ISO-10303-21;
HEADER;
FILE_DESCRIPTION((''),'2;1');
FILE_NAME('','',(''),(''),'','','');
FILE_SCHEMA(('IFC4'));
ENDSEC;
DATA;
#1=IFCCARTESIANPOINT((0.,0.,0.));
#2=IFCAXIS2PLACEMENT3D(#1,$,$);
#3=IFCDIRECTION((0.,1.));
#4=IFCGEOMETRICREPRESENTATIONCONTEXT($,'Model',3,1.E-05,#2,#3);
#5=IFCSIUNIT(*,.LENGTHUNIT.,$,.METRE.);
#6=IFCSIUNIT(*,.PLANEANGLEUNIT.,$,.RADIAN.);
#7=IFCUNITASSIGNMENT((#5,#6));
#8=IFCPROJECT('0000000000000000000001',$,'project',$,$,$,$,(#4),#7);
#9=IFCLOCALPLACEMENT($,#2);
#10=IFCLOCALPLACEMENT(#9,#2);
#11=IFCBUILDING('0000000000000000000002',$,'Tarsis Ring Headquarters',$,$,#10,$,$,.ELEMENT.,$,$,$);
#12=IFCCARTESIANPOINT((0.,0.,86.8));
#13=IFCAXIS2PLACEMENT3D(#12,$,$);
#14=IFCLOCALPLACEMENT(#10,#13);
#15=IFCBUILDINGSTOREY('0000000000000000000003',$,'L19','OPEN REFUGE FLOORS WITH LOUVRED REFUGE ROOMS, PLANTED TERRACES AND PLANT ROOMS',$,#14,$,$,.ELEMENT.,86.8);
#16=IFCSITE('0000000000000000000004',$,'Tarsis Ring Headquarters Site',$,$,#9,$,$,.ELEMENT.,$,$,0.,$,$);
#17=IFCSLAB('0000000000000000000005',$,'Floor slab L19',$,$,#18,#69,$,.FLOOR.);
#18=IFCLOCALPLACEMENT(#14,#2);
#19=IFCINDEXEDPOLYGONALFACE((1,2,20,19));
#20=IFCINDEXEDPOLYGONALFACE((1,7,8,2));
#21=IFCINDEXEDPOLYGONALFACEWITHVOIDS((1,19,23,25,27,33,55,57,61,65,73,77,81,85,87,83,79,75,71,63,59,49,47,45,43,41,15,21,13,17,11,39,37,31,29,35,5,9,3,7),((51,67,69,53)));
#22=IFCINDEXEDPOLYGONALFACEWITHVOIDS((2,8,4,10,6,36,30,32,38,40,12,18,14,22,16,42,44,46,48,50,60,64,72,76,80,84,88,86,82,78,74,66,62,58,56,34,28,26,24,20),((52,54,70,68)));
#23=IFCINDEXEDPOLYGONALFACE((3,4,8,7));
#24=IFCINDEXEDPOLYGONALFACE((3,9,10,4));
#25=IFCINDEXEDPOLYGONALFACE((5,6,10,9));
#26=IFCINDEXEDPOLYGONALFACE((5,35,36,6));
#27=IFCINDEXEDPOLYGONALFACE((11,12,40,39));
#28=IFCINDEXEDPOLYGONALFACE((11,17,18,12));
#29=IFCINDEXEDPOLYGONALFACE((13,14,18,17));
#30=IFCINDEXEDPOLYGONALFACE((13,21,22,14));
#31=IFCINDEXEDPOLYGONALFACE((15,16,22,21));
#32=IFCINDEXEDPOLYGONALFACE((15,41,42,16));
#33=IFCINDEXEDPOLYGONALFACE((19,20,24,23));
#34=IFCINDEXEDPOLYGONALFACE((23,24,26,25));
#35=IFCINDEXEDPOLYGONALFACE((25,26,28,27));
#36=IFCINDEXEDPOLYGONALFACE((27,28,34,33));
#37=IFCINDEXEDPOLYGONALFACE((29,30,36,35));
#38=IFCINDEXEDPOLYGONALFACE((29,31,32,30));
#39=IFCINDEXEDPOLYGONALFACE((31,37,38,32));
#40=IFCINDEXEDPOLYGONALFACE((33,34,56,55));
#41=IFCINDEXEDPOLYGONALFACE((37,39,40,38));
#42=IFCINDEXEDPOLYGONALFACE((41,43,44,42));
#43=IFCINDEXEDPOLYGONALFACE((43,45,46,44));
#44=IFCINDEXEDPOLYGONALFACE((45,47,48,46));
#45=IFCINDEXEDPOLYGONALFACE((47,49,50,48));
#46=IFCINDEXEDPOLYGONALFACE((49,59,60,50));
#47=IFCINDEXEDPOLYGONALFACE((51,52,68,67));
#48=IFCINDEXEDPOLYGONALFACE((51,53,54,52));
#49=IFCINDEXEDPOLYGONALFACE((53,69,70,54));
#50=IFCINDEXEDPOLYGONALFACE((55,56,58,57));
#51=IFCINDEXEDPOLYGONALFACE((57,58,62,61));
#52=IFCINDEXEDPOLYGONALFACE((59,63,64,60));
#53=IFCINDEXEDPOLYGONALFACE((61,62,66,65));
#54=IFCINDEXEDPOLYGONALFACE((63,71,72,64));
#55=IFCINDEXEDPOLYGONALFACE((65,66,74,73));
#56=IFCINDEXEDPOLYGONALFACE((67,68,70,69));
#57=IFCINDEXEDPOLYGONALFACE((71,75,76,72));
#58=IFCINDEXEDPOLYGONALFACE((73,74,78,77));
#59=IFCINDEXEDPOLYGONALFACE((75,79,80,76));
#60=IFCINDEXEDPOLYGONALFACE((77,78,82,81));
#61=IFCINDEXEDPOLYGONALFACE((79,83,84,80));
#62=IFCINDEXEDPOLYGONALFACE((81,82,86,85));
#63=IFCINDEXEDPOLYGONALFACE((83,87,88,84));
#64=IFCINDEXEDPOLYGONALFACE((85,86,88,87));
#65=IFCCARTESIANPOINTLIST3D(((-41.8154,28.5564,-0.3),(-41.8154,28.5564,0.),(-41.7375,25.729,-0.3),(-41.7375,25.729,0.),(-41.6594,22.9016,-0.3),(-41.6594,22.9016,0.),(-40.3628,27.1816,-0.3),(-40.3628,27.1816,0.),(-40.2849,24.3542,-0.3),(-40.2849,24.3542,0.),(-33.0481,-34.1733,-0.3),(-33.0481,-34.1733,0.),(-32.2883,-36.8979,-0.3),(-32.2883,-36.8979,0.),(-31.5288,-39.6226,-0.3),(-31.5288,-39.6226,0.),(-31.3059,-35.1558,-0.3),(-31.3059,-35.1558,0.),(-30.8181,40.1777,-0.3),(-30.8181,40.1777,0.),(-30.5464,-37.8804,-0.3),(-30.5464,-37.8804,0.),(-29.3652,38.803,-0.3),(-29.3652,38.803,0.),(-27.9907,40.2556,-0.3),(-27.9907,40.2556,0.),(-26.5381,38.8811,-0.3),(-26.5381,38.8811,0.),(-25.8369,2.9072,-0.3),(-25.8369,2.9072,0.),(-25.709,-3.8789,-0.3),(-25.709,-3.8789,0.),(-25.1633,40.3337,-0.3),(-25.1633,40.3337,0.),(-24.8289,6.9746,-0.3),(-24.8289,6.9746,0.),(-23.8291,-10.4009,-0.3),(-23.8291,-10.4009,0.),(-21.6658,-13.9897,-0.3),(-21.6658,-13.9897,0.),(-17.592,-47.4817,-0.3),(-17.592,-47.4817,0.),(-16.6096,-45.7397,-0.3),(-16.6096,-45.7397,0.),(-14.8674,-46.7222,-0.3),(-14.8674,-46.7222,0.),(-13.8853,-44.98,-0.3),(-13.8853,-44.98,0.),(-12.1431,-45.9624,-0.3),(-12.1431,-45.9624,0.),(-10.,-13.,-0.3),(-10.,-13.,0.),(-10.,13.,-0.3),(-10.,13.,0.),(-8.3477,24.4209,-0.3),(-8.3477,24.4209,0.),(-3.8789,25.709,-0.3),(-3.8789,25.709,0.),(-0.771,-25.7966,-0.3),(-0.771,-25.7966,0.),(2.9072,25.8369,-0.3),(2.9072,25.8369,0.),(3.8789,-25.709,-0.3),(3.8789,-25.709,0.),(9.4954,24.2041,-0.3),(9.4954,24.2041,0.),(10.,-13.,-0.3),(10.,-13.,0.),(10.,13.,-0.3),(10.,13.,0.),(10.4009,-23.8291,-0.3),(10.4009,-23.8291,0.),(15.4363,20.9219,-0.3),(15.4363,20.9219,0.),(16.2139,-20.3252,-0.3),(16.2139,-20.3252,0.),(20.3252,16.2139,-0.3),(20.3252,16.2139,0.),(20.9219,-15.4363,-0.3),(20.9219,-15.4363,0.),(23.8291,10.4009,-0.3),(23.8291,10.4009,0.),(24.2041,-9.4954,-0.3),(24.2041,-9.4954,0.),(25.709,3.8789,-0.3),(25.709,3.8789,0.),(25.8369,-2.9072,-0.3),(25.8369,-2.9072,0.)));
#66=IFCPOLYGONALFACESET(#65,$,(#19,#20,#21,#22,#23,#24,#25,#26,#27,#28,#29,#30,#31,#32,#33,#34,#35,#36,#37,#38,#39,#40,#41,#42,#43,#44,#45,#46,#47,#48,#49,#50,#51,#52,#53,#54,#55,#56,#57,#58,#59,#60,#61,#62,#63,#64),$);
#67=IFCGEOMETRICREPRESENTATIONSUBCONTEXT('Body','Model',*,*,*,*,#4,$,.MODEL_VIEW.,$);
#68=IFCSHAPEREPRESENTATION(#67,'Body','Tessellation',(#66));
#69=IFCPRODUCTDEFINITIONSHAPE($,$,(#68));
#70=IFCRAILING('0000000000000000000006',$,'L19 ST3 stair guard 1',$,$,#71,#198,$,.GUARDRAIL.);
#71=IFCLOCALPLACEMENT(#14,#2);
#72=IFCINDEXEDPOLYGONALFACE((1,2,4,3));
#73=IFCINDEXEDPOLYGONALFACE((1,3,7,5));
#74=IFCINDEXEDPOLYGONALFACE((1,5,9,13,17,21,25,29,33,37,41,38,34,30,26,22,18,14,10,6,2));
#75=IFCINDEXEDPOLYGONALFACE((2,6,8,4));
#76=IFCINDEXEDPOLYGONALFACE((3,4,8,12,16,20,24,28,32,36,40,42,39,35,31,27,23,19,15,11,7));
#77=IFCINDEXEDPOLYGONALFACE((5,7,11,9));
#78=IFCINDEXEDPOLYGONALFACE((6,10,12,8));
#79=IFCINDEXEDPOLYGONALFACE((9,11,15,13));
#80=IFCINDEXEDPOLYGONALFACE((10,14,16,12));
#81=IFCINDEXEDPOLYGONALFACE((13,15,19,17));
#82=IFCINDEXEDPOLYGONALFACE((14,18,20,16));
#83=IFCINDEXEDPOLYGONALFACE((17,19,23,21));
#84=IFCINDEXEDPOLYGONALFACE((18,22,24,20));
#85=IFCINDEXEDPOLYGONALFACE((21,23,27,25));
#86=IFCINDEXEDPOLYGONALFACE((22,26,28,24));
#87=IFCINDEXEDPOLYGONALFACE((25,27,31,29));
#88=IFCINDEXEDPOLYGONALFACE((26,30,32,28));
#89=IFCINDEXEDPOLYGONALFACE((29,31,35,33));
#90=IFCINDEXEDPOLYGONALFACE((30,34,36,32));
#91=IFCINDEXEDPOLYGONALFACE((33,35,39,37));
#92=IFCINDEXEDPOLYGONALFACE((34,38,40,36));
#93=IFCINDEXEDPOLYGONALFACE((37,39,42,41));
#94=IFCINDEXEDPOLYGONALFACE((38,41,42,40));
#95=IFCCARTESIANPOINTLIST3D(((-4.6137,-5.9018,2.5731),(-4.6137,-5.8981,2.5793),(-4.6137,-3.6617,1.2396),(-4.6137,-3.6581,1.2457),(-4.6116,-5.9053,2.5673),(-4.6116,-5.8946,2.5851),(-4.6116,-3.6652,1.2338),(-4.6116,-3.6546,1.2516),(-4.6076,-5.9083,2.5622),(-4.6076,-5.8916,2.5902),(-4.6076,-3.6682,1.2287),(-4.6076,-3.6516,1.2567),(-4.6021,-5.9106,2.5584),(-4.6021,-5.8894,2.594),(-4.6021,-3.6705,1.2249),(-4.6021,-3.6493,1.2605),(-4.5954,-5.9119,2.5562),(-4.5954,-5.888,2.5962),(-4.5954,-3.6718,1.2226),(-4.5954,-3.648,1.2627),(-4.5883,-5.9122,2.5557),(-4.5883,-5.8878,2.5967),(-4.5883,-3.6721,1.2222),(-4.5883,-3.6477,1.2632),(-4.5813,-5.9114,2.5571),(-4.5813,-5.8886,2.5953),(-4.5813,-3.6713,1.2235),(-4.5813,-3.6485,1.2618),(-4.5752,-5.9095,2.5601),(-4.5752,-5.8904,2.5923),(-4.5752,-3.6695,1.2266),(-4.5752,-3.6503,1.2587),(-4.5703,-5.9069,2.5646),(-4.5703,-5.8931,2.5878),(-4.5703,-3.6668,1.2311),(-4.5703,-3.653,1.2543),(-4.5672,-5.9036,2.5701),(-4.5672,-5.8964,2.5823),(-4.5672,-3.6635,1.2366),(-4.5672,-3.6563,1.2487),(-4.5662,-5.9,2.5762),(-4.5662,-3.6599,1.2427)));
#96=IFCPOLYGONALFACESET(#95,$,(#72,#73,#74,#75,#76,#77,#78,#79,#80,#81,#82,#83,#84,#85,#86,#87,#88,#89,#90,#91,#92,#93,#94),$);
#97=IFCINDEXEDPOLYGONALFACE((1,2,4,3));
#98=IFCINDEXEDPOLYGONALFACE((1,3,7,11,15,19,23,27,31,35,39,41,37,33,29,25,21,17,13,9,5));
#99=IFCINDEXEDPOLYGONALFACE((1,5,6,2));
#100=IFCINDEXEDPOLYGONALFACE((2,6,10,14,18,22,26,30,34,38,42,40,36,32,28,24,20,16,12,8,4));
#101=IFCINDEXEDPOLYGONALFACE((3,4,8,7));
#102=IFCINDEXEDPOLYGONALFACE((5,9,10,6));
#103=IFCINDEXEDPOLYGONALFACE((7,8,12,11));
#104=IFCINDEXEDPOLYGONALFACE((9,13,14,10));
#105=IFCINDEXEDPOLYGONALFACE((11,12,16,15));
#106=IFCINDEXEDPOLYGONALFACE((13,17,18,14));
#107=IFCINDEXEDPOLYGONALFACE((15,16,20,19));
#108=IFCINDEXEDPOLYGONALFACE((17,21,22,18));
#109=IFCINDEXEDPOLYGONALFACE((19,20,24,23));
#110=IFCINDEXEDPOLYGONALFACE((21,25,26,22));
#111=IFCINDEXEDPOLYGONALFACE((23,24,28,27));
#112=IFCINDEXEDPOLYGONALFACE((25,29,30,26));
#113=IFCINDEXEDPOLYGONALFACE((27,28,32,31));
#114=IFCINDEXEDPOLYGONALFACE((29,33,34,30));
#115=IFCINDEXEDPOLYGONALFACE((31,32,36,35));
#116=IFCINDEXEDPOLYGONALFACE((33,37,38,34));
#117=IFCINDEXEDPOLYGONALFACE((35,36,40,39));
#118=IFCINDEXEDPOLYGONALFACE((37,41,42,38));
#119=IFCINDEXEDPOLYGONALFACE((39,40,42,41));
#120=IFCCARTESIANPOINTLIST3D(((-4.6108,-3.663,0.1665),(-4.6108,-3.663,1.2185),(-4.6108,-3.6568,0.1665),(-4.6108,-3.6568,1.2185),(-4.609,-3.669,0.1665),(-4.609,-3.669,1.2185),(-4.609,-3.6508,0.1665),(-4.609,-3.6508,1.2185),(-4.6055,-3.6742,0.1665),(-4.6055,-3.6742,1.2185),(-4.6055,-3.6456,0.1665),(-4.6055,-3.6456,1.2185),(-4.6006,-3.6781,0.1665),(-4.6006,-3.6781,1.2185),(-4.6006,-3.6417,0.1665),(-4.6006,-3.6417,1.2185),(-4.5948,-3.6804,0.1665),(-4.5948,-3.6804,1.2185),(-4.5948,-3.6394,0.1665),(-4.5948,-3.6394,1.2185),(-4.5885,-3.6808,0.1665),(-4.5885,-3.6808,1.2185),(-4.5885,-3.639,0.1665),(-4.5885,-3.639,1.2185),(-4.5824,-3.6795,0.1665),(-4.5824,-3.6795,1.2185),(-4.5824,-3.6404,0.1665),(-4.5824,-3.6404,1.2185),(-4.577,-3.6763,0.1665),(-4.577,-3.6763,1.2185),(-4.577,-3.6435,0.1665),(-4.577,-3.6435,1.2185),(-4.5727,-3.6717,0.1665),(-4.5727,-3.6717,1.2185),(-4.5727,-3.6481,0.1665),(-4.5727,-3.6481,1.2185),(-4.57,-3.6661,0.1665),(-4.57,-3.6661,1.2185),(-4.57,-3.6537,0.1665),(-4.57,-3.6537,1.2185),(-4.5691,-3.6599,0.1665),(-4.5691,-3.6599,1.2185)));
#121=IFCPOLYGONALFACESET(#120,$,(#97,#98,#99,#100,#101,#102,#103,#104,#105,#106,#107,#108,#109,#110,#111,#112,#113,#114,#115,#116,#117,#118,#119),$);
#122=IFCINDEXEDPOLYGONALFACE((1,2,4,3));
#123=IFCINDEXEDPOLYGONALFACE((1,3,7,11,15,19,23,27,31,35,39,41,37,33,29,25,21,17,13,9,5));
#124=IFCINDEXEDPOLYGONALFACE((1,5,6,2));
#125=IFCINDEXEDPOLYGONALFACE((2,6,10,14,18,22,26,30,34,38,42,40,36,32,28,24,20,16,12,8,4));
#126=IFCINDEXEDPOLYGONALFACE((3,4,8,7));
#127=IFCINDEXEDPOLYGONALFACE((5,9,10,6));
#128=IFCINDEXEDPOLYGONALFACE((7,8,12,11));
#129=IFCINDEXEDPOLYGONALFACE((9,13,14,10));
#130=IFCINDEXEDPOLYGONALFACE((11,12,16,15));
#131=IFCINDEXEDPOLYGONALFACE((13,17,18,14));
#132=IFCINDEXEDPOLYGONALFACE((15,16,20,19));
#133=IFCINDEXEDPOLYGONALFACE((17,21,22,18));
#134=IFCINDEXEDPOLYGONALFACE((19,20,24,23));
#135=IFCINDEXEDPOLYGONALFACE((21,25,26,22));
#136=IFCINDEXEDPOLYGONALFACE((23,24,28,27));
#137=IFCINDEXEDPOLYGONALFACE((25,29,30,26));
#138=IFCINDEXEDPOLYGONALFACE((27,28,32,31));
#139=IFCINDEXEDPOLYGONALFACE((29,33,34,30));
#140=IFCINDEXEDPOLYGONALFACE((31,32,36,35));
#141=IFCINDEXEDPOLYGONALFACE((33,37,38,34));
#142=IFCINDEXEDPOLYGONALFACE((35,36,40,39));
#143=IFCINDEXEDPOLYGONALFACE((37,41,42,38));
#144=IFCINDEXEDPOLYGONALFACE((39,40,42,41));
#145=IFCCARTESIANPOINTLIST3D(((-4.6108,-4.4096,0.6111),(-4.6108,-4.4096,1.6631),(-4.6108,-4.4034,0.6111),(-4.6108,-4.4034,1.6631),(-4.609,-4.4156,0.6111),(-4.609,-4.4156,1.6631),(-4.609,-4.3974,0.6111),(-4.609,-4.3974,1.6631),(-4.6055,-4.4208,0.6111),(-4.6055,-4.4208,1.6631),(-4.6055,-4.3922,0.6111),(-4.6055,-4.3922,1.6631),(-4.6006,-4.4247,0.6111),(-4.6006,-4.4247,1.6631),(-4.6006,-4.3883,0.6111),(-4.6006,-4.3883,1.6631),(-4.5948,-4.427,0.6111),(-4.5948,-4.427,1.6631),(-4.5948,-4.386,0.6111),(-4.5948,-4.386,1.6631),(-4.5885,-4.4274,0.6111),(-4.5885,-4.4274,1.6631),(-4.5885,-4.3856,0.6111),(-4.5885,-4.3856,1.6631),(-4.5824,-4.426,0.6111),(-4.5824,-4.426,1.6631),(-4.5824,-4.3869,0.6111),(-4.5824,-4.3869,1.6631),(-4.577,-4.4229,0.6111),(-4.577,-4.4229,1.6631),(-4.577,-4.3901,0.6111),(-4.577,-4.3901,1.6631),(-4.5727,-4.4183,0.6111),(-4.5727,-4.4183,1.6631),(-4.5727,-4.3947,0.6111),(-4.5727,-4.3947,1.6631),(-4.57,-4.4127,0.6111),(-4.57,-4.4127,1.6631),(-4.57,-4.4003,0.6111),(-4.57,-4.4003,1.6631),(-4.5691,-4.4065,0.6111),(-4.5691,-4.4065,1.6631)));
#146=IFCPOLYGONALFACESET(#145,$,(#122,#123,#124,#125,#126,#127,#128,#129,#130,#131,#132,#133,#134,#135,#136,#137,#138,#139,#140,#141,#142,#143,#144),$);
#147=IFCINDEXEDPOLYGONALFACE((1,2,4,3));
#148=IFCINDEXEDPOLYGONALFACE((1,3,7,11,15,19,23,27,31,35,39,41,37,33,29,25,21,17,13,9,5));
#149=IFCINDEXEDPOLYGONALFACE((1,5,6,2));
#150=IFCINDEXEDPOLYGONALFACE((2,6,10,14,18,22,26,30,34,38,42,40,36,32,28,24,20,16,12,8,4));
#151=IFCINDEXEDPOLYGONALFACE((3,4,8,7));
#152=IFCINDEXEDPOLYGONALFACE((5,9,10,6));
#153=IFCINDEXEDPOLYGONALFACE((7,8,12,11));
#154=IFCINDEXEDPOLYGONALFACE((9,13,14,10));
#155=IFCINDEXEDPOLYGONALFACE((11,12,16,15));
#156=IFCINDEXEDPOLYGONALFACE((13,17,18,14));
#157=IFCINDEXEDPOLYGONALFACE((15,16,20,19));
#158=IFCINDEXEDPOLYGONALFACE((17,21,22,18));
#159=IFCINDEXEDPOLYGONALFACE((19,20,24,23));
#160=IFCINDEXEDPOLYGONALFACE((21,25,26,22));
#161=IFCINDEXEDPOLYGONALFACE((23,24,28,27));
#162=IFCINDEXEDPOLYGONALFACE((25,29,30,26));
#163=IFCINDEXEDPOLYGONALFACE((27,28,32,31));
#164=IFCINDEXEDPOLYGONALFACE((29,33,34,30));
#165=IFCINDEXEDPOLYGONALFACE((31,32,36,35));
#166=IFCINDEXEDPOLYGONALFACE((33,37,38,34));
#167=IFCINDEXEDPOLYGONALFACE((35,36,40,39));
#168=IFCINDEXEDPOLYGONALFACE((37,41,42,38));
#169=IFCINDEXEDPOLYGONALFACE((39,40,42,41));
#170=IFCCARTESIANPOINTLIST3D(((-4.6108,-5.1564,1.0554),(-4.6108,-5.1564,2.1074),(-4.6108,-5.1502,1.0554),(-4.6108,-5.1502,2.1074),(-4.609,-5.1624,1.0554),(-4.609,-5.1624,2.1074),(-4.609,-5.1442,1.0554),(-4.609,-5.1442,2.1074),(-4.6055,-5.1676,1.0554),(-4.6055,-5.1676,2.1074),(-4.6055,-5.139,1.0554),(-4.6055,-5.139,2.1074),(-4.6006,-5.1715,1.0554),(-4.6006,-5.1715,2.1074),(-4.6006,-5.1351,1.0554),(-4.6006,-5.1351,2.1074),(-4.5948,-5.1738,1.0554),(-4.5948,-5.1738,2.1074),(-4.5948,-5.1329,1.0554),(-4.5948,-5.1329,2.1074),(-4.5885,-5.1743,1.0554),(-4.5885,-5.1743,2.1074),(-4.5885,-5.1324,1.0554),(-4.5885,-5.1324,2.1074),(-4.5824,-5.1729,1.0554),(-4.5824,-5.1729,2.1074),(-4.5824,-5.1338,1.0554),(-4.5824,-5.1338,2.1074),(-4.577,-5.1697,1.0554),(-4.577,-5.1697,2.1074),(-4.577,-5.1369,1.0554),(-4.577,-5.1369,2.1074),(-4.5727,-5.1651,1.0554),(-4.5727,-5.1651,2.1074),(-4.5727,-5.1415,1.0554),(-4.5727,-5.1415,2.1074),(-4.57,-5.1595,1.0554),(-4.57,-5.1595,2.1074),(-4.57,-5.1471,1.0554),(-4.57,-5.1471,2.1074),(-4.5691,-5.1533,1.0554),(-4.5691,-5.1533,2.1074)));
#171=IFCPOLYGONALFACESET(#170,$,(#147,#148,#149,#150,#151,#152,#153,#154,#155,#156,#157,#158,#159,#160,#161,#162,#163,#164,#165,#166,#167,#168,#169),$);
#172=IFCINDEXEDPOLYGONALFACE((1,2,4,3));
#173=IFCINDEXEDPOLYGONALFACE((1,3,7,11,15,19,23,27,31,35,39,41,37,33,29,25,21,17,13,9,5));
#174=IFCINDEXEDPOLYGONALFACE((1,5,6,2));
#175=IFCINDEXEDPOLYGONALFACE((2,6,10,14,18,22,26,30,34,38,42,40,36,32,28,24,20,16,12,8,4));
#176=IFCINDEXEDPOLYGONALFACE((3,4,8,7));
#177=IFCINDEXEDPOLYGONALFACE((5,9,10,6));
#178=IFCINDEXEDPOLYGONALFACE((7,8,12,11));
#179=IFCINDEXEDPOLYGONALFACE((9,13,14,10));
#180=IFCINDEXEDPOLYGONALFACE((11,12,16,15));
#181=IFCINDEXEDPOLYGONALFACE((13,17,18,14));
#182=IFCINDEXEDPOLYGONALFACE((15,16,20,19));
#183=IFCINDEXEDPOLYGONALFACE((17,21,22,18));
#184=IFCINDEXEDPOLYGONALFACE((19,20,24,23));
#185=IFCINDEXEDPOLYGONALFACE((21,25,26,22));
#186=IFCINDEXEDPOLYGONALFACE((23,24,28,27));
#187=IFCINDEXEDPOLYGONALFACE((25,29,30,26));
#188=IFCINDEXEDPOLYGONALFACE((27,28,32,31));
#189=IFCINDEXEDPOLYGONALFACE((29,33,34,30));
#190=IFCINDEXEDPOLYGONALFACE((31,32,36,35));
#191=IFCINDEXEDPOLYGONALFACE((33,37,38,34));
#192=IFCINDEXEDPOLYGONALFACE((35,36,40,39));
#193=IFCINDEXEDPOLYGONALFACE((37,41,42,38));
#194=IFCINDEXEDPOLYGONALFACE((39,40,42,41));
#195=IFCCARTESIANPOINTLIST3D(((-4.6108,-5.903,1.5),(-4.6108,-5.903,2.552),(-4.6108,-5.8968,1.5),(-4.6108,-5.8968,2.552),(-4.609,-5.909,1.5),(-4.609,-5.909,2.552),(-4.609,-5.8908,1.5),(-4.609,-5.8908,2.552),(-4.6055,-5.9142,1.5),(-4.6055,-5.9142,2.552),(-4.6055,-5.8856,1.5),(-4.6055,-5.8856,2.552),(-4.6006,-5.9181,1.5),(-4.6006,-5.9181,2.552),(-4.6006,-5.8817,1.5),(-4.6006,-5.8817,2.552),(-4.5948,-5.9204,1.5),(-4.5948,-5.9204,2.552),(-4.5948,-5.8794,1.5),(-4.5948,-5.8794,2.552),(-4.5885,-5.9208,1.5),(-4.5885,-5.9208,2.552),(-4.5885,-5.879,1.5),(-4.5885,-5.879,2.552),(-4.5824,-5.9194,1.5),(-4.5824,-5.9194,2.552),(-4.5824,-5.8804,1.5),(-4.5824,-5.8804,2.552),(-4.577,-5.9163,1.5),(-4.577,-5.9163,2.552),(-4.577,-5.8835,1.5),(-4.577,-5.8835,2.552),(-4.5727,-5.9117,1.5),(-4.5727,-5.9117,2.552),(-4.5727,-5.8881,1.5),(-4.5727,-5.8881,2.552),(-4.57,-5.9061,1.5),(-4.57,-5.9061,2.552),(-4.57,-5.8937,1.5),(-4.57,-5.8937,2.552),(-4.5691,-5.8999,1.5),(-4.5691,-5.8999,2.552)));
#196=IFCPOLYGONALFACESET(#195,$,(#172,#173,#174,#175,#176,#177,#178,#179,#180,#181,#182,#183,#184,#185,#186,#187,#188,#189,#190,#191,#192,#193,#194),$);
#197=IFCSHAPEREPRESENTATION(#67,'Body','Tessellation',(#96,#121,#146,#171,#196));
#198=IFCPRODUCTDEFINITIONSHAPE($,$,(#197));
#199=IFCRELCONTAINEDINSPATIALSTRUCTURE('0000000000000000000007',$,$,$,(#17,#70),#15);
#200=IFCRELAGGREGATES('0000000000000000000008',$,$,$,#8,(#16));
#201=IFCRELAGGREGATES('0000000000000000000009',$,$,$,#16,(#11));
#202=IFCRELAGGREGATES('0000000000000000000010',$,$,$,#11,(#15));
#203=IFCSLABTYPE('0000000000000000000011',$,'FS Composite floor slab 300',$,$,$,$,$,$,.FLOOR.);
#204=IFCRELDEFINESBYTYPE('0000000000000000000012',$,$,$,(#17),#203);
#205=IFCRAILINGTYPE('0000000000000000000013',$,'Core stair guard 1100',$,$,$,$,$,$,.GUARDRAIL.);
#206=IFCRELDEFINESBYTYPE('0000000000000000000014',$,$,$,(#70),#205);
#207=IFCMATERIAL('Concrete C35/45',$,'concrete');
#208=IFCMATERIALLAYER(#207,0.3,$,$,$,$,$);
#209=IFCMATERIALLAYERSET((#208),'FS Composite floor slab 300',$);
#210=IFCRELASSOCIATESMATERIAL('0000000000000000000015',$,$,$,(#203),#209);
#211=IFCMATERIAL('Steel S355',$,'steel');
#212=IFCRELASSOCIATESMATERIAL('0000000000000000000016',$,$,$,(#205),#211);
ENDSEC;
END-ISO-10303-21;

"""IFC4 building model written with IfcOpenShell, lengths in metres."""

from ifc_helpers import new_model, si_unit, direction, frame, origin, origin_2d, place, context, subcontext, project, spatial, polyline, circle, outline, extrude, material, layer, layer_set, type_object, element, save


model = new_model("IFC4")

# Units and contexts
model_context = context("Model", 3, precision=1e-05, world=origin(), true_north=direction((0.0, 1.0)))
body_context = subcontext(model_context, "Body", "Model", "MODEL_VIEW")
ifc_project = project(units=[si_unit("LENGTHUNIT", "METRE"), si_unit("PLANEANGLEUNIT", "RADIAN")], contexts=[model_context])

# Site, building, storey
site_placement = place(None, origin())
site = spatial("IfcSite", under=ifc_project, at=site_placement, Name="Tarsis Ring Headquarters Site", CompositionType="ELEMENT", RefElevation=0.0)
building_placement = place(site_placement, origin())
building = spatial("IfcBuilding", under=site, at=building_placement, Name="Tarsis Ring Headquarters", CompositionType="ELEMENT")
storey_placement = place(building_placement, frame((0.0, 0.0, 86.8)))
storey = spatial("IfcBuildingStorey", under=building, at=storey_placement, Name="L19", Description="OPEN REFUGE FLOORS WITH LOUVRED REFUGE ROOMS, PLANTED TERRACES AND PLANT ROOMS", CompositionType="ELEMENT", Elevation=86.8)

# Slab
ifc_material_1 = material(Name="Concrete C35/45", Category="concrete")
ifc_layer_1 = layer(ifc_material_1, 0.3)
ifc_layer_set_1 = layer_set([ifc_layer_1], Name="FS Composite floor slab 300")
slab_type_1 = type_object("IfcSlabType", Name="FS Composite floor slab 300", PredefinedType="FLOOR", material=ifc_layer_set_1)
slab_1_placement = place(storey_placement, frame((0.0, 0.0, -0.3)))
element("IfcSlab", 1, at=slab_1_placement, inside=storey, type_object=slab_type_1, Name="Floor slab L19", PredefinedType="FLOOR", context=body_context, shape_type="SweptSolid", body=[
    extrude(outline(polyline([(-24.8289, 6.9746), (-25.8369, 2.9072), (-25.709, -3.8789), (-23.8291, -10.4009), (-21.6658, -13.9897), (-33.0481, -34.1733), (-31.3059, -35.1558), (-32.2883, -36.8979), (-30.5464, -37.8804), (-31.5288, -39.6226), (-17.592, -47.4817), (-16.6096, -45.7397), (-14.8674, -46.7222), (-13.8853, -44.98), (-12.1431, -45.9624), (-0.771, -25.7966), (3.8789, -25.709), (10.4009, -23.8291), (16.2139, -20.3252), (20.9219, -15.4363), (24.2041, -9.4954), (25.8369, -2.9072), (25.709, 3.8789), (23.8291, 10.4009), (20.3252, 16.2139), (15.4363, 20.9219), (9.4954, 24.2041), (2.9072, 25.8369), (-3.8789, 25.709), (-8.3477, 24.4209), (-25.1633, 40.3337), (-26.5381, 38.8811), (-27.9907, 40.2556), (-29.3652, 38.803), (-30.8181, 40.1777), (-41.8154, 28.5564), (-40.3628, 27.1816), (-41.7375, 25.729), (-40.2849, 24.3542), (-41.6594, 22.9016), (-24.8289, 6.9746)]), holes=[polyline([(-10.0, -13.0), (-10.0, 13.0), (10.0, 13.0), (10.0, -13.0), (-10.0, -13.0)])]), origin(), (0.0, 0.0, 1.0), 0.3),
])

# Railing
ifc_material_2 = material(Name="Steel S355", Category="steel")
railing_type_1 = type_object("IfcRailingType", Name="Core stair guard 1100", PredefinedType="GUARDRAIL", material=ifc_material_2)
railing_1_placement = place(storey_placement, frame((-4.5901, -3.6599, 0.1665)))
element("IfcRailing", 2, at=railing_1_placement, inside=storey, type_object=railing_type_1, Name="L19 ST3 stair guard 1", PredefinedType="GUARDRAIL", context=body_context, shape_type="SweptSolid", body=[
    extrude(circle(Radius=0.0239, at=origin_2d()), frame((0.0, 0.0, 1.0762), z_axis=(0.0, -0.859264, 0.511532), x_axis=(1.0, 0.0, 0.0)), (0.0, 0.0, 1.0), 2.6069),
    extrude(circle(Radius=0.021, at=origin_2d()), origin(), (0.0, 0.0, 1.0), 1.052),
    extrude(circle(Radius=0.021, at=origin_2d()), frame((0.0, -0.7466, 0.4446)), (0.0, 0.0, 1.0), 1.052),
    extrude(circle(Radius=0.021, at=origin_2d()), frame((0.0, -1.4934, 0.8889)), (0.0, 0.0, 1.0), 1.052),
    extrude(circle(Radius=0.021, at=origin_2d()), frame((0.0, -2.24, 1.3335)), (0.0, 0.0, 1.0), 1.052),
])

save(model, "model.ifc")
